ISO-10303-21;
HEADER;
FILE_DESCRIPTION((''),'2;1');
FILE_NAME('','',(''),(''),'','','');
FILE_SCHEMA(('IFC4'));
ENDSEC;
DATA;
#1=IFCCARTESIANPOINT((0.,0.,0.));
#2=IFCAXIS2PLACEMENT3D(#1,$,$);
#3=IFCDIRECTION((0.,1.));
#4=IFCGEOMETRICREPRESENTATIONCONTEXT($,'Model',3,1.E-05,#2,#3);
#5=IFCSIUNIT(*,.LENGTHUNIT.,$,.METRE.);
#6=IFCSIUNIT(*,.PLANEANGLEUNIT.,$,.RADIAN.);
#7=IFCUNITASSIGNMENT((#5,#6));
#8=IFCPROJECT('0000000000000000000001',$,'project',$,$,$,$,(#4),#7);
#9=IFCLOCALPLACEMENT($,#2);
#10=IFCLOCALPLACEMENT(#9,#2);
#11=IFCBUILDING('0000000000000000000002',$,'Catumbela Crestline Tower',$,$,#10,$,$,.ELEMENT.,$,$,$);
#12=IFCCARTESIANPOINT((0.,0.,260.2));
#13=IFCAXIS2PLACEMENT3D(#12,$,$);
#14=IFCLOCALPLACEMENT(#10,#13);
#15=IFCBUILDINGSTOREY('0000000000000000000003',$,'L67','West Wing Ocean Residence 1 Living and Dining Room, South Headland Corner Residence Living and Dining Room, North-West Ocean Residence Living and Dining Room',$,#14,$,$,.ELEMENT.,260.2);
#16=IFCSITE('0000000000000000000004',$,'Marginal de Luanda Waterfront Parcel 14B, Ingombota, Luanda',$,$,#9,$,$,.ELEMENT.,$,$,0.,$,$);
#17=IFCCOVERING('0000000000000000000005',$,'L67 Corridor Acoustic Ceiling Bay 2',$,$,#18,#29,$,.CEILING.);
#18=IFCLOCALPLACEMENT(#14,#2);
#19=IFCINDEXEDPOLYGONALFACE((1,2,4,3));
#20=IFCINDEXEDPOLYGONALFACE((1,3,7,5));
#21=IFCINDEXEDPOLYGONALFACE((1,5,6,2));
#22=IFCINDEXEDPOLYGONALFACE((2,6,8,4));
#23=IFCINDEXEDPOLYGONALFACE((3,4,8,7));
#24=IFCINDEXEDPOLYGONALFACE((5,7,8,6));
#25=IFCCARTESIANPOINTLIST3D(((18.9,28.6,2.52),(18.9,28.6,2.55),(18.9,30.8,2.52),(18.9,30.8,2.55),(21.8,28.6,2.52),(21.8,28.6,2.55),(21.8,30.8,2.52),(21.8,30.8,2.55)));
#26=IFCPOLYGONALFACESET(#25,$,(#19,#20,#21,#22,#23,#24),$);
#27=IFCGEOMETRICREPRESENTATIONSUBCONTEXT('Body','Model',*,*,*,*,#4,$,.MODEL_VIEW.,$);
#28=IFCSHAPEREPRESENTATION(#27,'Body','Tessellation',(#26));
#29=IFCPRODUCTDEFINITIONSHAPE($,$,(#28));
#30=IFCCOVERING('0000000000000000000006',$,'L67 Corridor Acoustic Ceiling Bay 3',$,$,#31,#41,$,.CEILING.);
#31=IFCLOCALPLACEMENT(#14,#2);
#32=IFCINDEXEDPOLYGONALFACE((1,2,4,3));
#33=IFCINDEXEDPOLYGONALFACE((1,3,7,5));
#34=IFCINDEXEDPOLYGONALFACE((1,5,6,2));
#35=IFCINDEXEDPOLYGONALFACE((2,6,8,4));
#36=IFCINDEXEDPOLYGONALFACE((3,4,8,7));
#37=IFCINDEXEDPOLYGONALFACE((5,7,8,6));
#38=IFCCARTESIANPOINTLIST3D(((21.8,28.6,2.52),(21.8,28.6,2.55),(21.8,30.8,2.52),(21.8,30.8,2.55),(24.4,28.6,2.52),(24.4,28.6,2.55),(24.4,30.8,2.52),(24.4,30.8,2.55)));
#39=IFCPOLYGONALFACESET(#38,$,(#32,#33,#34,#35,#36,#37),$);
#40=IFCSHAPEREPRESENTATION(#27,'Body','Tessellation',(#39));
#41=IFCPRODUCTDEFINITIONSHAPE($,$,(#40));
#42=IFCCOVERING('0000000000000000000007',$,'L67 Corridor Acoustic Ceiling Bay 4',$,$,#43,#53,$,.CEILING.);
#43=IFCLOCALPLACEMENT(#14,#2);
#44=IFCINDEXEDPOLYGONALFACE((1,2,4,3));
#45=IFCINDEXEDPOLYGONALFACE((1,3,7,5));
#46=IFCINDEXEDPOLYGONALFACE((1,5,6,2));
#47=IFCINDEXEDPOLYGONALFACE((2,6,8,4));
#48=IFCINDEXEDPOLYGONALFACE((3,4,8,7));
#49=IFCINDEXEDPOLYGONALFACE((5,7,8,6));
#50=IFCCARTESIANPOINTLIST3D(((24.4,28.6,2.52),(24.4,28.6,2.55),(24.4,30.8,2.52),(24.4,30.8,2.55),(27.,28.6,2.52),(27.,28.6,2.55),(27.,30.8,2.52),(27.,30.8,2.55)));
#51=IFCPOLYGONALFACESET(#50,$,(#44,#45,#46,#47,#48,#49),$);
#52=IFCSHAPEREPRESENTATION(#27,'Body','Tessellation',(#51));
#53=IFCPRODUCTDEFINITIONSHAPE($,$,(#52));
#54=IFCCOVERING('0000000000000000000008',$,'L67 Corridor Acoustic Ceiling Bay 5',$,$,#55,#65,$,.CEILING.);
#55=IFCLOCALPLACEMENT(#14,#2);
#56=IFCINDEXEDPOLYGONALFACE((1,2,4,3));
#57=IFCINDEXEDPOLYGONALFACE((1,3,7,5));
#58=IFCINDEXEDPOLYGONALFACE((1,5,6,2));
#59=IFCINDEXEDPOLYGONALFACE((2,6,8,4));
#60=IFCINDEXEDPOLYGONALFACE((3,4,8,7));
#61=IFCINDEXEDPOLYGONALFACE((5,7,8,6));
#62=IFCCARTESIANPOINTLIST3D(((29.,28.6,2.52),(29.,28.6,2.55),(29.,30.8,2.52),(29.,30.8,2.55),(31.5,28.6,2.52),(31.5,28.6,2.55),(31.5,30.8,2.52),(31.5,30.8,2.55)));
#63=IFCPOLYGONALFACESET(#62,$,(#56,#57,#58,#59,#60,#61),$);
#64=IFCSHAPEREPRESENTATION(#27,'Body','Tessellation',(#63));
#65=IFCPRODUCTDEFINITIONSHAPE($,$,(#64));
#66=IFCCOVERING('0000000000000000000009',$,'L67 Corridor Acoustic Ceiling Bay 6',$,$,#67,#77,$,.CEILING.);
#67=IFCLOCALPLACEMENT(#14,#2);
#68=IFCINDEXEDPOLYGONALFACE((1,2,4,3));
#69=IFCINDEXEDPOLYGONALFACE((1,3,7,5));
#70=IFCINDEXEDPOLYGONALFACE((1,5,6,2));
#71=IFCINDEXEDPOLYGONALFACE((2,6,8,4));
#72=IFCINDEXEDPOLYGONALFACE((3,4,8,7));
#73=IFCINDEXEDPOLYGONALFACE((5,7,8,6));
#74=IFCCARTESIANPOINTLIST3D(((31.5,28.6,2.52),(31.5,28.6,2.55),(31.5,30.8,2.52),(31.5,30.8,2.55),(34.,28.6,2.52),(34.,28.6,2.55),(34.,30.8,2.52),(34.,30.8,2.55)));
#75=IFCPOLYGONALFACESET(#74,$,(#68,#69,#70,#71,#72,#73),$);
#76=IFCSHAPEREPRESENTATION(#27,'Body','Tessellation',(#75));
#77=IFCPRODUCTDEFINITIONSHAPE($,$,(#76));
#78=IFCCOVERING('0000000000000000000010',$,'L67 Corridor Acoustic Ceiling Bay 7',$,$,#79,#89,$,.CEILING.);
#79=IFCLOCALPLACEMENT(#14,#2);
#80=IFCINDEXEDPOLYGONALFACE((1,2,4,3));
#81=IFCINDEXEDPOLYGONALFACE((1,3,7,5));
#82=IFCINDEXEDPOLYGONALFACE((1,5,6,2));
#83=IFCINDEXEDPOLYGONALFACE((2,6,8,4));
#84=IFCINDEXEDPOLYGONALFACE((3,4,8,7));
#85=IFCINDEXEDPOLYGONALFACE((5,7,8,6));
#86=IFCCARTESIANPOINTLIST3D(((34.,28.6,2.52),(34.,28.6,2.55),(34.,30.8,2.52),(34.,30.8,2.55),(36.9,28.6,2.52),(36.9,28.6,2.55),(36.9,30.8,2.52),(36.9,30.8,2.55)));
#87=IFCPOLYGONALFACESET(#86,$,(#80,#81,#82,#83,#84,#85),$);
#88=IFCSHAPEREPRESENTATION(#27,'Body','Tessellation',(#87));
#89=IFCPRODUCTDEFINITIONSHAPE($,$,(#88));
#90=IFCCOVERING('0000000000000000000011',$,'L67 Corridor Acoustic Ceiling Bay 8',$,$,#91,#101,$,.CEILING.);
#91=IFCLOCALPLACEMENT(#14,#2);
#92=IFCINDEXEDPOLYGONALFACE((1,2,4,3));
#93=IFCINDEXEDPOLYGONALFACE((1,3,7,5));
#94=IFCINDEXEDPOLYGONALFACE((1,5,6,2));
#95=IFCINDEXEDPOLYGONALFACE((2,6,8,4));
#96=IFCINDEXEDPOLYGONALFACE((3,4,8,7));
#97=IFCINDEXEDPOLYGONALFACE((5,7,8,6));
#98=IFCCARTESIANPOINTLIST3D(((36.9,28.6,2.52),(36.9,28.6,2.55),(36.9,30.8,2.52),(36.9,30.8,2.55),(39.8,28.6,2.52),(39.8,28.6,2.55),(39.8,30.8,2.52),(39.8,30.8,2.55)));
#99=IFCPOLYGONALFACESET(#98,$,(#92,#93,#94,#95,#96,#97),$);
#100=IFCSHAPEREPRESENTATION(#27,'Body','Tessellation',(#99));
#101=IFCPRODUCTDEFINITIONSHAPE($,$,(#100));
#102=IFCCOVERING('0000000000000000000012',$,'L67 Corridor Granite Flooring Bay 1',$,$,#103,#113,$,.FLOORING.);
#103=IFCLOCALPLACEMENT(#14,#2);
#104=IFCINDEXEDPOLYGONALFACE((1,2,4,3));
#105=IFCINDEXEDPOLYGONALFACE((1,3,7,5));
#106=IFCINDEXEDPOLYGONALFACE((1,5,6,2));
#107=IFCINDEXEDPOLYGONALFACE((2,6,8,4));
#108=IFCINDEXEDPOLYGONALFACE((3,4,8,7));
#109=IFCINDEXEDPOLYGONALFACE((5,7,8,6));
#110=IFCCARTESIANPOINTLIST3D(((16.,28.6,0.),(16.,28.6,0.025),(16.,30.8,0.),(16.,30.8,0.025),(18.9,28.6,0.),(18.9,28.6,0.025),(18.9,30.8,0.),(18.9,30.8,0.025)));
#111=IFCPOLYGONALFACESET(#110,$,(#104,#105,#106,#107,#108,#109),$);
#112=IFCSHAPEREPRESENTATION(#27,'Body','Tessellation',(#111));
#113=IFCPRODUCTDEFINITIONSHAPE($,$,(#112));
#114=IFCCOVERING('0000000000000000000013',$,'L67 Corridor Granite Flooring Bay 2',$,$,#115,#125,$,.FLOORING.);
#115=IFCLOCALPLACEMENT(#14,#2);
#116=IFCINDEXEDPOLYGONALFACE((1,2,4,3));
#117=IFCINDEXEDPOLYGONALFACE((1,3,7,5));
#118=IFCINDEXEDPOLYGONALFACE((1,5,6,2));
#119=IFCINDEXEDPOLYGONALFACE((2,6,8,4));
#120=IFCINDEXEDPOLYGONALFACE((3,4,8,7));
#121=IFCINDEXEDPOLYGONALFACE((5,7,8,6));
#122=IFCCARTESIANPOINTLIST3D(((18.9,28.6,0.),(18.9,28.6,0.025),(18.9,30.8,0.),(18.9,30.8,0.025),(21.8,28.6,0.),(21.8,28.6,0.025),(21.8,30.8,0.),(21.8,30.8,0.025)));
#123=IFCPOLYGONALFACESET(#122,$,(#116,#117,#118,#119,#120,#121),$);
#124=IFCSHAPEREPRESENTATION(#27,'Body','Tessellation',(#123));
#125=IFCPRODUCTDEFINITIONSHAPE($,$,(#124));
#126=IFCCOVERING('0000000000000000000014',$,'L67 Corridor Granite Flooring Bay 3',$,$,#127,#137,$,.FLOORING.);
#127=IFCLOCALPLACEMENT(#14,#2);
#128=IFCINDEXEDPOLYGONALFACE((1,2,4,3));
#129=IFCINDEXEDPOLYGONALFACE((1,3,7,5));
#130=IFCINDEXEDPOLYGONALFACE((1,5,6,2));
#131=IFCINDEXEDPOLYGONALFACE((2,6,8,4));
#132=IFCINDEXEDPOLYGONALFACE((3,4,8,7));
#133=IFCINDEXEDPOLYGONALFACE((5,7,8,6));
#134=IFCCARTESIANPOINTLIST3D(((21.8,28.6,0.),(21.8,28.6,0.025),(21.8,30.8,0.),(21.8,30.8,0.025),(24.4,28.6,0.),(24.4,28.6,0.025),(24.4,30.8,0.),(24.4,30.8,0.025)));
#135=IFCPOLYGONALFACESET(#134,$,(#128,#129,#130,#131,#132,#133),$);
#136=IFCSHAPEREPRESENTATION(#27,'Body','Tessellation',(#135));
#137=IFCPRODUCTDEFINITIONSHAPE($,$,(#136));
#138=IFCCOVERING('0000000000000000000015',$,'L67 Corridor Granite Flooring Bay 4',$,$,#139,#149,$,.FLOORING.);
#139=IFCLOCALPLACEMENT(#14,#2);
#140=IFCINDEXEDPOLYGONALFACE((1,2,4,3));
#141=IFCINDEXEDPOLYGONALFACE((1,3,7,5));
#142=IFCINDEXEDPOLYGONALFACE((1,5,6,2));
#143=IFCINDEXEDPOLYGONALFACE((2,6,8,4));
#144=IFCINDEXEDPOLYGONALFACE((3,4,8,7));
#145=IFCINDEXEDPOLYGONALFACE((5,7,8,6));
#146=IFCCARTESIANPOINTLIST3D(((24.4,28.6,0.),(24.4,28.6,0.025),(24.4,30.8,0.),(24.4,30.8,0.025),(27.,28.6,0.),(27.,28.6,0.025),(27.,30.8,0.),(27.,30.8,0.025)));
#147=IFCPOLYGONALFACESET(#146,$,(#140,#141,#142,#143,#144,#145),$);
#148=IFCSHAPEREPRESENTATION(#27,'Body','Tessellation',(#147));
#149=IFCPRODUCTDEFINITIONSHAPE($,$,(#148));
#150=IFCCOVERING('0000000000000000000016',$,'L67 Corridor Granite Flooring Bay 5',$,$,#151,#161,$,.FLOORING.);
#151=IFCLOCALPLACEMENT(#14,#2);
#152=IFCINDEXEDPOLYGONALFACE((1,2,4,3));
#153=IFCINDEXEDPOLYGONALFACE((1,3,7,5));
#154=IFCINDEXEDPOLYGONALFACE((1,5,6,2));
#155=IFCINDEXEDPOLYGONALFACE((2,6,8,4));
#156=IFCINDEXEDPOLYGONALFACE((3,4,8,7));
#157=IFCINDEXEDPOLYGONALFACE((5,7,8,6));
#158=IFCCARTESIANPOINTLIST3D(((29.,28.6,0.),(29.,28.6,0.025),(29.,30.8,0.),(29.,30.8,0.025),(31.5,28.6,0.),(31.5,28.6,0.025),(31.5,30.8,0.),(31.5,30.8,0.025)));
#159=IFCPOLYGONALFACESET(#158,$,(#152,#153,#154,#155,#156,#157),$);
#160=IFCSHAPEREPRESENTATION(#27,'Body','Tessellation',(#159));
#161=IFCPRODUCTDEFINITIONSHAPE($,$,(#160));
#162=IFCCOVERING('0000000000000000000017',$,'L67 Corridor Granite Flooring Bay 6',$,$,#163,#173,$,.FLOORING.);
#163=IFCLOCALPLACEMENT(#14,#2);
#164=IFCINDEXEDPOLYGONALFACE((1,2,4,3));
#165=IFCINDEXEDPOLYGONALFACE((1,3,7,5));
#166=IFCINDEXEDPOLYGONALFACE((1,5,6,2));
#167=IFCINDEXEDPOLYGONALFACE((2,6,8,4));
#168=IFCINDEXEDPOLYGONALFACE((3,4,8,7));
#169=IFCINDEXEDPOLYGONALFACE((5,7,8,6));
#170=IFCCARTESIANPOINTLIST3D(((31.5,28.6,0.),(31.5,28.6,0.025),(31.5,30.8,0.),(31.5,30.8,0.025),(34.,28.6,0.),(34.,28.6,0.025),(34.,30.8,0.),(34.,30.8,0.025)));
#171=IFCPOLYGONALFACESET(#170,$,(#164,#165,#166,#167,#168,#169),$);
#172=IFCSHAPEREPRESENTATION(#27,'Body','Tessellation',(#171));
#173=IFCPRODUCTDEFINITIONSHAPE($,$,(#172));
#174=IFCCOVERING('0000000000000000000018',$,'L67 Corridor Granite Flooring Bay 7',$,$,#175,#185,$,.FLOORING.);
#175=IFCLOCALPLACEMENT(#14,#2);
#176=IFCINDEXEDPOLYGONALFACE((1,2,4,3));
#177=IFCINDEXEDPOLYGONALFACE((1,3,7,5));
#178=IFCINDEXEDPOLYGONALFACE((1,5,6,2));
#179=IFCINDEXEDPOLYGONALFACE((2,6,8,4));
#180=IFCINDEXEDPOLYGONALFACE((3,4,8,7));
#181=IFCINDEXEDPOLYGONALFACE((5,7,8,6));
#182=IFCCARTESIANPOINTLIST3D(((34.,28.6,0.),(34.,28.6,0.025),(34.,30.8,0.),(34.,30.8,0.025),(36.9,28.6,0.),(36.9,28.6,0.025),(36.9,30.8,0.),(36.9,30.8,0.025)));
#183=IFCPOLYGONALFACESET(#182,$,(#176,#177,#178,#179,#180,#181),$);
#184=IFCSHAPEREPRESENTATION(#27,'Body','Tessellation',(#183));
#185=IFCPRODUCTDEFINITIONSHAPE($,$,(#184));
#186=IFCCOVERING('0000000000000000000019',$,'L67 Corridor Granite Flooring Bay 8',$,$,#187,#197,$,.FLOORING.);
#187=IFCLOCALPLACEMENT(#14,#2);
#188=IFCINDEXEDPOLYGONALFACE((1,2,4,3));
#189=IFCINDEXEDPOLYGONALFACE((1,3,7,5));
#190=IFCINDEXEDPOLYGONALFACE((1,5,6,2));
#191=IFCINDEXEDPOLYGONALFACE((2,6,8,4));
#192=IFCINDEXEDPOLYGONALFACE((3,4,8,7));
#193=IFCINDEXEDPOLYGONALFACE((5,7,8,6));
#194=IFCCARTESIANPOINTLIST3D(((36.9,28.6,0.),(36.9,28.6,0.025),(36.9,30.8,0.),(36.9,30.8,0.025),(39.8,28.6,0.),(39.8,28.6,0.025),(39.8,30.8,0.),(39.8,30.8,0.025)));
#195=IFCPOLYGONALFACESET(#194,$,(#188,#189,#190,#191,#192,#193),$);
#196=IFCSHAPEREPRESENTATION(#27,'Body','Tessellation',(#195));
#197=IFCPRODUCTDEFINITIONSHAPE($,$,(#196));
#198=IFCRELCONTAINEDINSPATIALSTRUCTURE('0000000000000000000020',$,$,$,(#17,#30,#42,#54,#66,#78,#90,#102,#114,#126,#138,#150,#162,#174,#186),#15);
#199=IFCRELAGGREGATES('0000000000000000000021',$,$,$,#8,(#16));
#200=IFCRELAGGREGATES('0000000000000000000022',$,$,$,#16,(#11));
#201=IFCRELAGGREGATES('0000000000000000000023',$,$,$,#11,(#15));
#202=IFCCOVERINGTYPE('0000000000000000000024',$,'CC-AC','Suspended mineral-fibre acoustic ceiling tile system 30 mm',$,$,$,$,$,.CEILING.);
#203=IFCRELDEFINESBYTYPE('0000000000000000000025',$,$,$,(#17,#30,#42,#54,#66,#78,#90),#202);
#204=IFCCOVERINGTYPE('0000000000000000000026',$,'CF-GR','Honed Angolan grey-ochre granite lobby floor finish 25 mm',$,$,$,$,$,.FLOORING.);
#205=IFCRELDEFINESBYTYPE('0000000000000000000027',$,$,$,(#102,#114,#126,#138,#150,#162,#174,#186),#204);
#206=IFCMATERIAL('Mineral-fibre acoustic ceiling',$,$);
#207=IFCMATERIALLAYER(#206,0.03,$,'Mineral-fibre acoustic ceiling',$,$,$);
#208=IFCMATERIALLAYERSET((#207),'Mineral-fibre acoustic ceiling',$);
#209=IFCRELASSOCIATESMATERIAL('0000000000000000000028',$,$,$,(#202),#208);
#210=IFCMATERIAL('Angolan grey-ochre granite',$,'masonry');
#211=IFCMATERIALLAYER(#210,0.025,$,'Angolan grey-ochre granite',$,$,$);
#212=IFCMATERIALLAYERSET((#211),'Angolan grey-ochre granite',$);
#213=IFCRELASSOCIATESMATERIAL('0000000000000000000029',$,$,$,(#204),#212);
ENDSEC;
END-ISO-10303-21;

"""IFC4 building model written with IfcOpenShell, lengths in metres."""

from ifc_helpers import new_model, si_unit, direction, frame, origin, place, context, subcontext, project, spatial, polyline, outline, extrude, material, layer, layer_set, type_object, element, save


model = new_model("IFC4")

# Units and contexts
model_context = context("Model", 3, precision=1e-05, world=origin(), true_north=direction((0.0, 1.0)))
body_context = subcontext(model_context, "Body", "Model", "MODEL_VIEW")
ifc_project = project(units=[si_unit("LENGTHUNIT", "METRE"), si_unit("PLANEANGLEUNIT", "RADIAN")], contexts=[model_context])

# Site, building, storey
site_placement = place(None, origin())
site = spatial("IfcSite", under=ifc_project, at=site_placement, Name="Marginal de Luanda Waterfront Parcel 14B, Ingombota, Luanda", CompositionType="ELEMENT", RefElevation=0.0)
building_placement = place(site_placement, origin())
building = spatial("IfcBuilding", under=site, at=building_placement, Name="Catumbela Crestline Tower", CompositionType="ELEMENT")
storey_placement = place(building_placement, frame((0.0, 0.0, 260.2)))
storey = spatial("IfcBuildingStorey", under=building, at=storey_placement, Name="L67", Description="West Wing Ocean Residence 1 Living and Dining Room, South Headland Corner Residence Living and Dining Room, North-West Ocean Residence Living and Dining Room", CompositionType="ELEMENT", Elevation=260.2)

# Shared definitions
ifc_material_1 = material(Name="Angolan grey-ochre granite", Category="masonry")

# Coverings
ifc_material_2 = material(Name="Mineral-fibre acoustic ceiling")
ifc_layer_1 = layer(ifc_material_2, 0.03, Name="Mineral-fibre acoustic ceiling")
ifc_layer_set_1 = layer_set([ifc_layer_1], Name="Mineral-fibre acoustic ceiling")
covering_type_1 = type_object("IfcCoveringType", Name="CC-AC", Description="Suspended mineral-fibre acoustic ceiling tile system 30 mm", PredefinedType="CEILING", material=ifc_layer_set_1)
covering_1_placement = place(storey_placement, frame((0.0, 0.0, 2.52)))
element("IfcCovering", 1, at=covering_1_placement, inside=storey, type_object=covering_type_1, Name="L67 Corridor Acoustic Ceiling Bay 2", PredefinedType="CEILING", context=body_context, shape_type="SweptSolid", body=[
    extrude(outline(polyline([(18.9, 28.6), (21.8, 28.6), (21.8, 30.8), (18.9, 30.8), (18.9, 28.6)])), origin(), (0.0, 0.0, 1.0), 0.03),
])
covering_2_placement = place(storey_placement, frame((0.0, 0.0, 2.52)))
element("IfcCovering", 2, at=covering_2_placement, inside=storey, type_object=covering_type_1, Name="L67 Corridor Acoustic Ceiling Bay 3", PredefinedType="CEILING", context=body_context, shape_type="SweptSolid", body=[
    extrude(outline(polyline([(21.8, 28.6), (24.4, 28.6), (24.4, 30.8), (21.8, 30.8), (21.8, 28.6)])), origin(), (0.0, 0.0, 1.0), 0.03),
])
covering_3_placement = place(storey_placement, frame((0.0, 0.0, 2.52)))
element("IfcCovering", 3, at=covering_3_placement, inside=storey, type_object=covering_type_1, Name="L67 Corridor Acoustic Ceiling Bay 4", PredefinedType="CEILING", context=body_context, shape_type="SweptSolid", body=[
    extrude(outline(polyline([(24.4, 28.6), (27.0, 28.6), (27.0, 30.8), (24.4, 30.8), (24.4, 28.6)])), origin(), (0.0, 0.0, 1.0), 0.03),
])
covering_4_placement = place(storey_placement, frame((0.0, 0.0, 2.52)))
element("IfcCovering", 4, at=covering_4_placement, inside=storey, type_object=covering_type_1, Name="L67 Corridor Acoustic Ceiling Bay 5", PredefinedType="CEILING", context=body_context, shape_type="SweptSolid", body=[
    extrude(outline(polyline([(29.0, 28.6), (31.5, 28.6), (31.5, 30.8), (29.0, 30.8), (29.0, 28.6)])), origin(), (0.0, 0.0, 1.0), 0.03),
])
covering_5_placement = place(storey_placement, frame((0.0, 0.0, 2.52)))
element("IfcCovering", 5, at=covering_5_placement, inside=storey, type_object=covering_type_1, Name="L67 Corridor Acoustic Ceiling Bay 6", PredefinedType="CEILING", context=body_context, shape_type="SweptSolid", body=[
    extrude(outline(polyline([(31.5, 28.6), (34.0, 28.6), (34.0, 30.8), (31.5, 30.8), (31.5, 28.6)])), origin(), (0.0, 0.0, 1.0), 0.03),
])
covering_6_placement = place(storey_placement, frame((0.0, 0.0, 2.52)))
element("IfcCovering", 6, at=covering_6_placement, inside=storey, type_object=covering_type_1, Name="L67 Corridor Acoustic Ceiling Bay 7", PredefinedType="CEILING", context=body_context, shape_type="SweptSolid", body=[
    extrude(outline(polyline([(34.0, 28.6), (36.9, 28.6), (36.9, 30.8), (34.0, 30.8), (34.0, 28.6)])), origin(), (0.0, 0.0, 1.0), 0.03),
])
covering_7_placement = place(storey_placement, frame((0.0, 0.0, 2.52)))
element("IfcCovering", 7, at=covering_7_placement, inside=storey, type_object=covering_type_1, Name="L67 Corridor Acoustic Ceiling Bay 8", PredefinedType="CEILING", context=body_context, shape_type="SweptSolid", body=[
    extrude(outline(polyline([(36.9, 28.6), (39.8, 28.6), (39.8, 30.8), (36.9, 30.8), (36.9, 28.6)])), origin(), (0.0, 0.0, 1.0), 0.03),
])
ifc_layer_2 = layer(ifc_material_1, 0.025, Name="Angolan grey-ochre granite")
ifc_layer_set_2 = layer_set([ifc_layer_2], Name="Angolan grey-ochre granite")
covering_type_2 = type_object("IfcCoveringType", Name="CF-GR", Description="Honed Angolan grey-ochre granite lobby floor finish 25 mm", PredefinedType="FLOORING", material=ifc_layer_set_2)
covering_8_placement = place(storey_placement, origin())
element("IfcCovering", 8, at=covering_8_placement, inside=storey, type_object=covering_type_2, Name="L67 Corridor Granite Flooring Bay 1", PredefinedType="FLOORING", context=body_context, shape_type="SweptSolid", body=[
    extrude(outline(polyline([(16.0, 28.6), (18.9, 28.6), (18.9, 30.8), (16.0, 30.8), (16.0, 28.6)])), origin(), (0.0, 0.0, 1.0), 0.025),
])
covering_9_placement = place(storey_placement, origin())
element("IfcCovering", 9, at=covering_9_placement, inside=storey, type_object=covering_type_2, Name="L67 Corridor Granite Flooring Bay 2", PredefinedType="FLOORING", context=body_context, shape_type="SweptSolid", body=[
    extrude(outline(polyline([(18.9, 28.6), (21.8, 28.6), (21.8, 30.8), (18.9, 30.8), (18.9, 28.6)])), origin(), (0.0, 0.0, 1.0), 0.025),
])
covering_10_placement = place(storey_placement, origin())
element("IfcCovering", 10, at=covering_10_placement, inside=storey, type_object=covering_type_2, Name="L67 Corridor Granite Flooring Bay 3", PredefinedType="FLOORING", context=body_context, shape_type="SweptSolid", body=[
    extrude(outline(polyline([(21.8, 28.6), (24.4, 28.6), (24.4, 30.8), (21.8, 30.8), (21.8, 28.6)])), origin(), (0.0, 0.0, 1.0), 0.025),
])
covering_11_placement = place(storey_placement, origin())
element("IfcCovering", 11, at=covering_11_placement, inside=storey, type_object=covering_type_2, Name="L67 Corridor Granite Flooring Bay 4", PredefinedType="FLOORING", context=body_context, shape_type="SweptSolid", body=[
    extrude(outline(polyline([(24.4, 28.6), (27.0, 28.6), (27.0, 30.8), (24.4, 30.8), (24.4, 28.6)])), origin(), (0.0, 0.0, 1.0), 0.025),
])
covering_12_placement = place(storey_placement, origin())
element("IfcCovering", 12, at=covering_12_placement, inside=storey, type_object=covering_type_2, Name="L67 Corridor Granite Flooring Bay 5", PredefinedType="FLOORING", context=body_context, shape_type="SweptSolid", body=[
    extrude(outline(polyline([(29.0, 28.6), (31.5, 28.6), (31.5, 30.8), (29.0, 30.8), (29.0, 28.6)])), origin(), (0.0, 0.0, 1.0), 0.025),
])
covering_13_placement = place(storey_placement, origin())
element("IfcCovering", 13, at=covering_13_placement, inside=storey, type_object=covering_type_2, Name="L67 Corridor Granite Flooring Bay 6", PredefinedType="FLOORING", context=body_context, shape_type="SweptSolid", body=[
    extrude(outline(polyline([(31.5, 28.6), (34.0, 28.6), (34.0, 30.8), (31.5, 30.8), (31.5, 28.6)])), origin(), (0.0, 0.0, 1.0), 0.025),
])
covering_14_placement = place(storey_placement, origin())
element("IfcCovering", 14, at=covering_14_placement, inside=storey, type_object=covering_type_2, Name="L67 Corridor Granite Flooring Bay 7", PredefinedType="FLOORING", context=body_context, shape_type="SweptSolid", body=[
    extrude(outline(polyline([(34.0, 28.6), (36.9, 28.6), (36.9, 30.8), (34.0, 30.8), (34.0, 28.6)])), origin(), (0.0, 0.0, 1.0), 0.025),
])
covering_15_placement = place(storey_placement, origin())
element("IfcCovering", 15, at=covering_15_placement, inside=storey, type_object=covering_type_2, Name="L67 Corridor Granite Flooring Bay 8", PredefinedType="FLOORING", context=body_context, shape_type="SweptSolid", body=[
    extrude(outline(polyline([(36.9, 28.6), (39.8, 28.6), (39.8, 30.8), (36.9, 30.8), (36.9, 28.6)])), origin(), (0.0, 0.0, 1.0), 0.025),
])

save(model, "model.ifc")
